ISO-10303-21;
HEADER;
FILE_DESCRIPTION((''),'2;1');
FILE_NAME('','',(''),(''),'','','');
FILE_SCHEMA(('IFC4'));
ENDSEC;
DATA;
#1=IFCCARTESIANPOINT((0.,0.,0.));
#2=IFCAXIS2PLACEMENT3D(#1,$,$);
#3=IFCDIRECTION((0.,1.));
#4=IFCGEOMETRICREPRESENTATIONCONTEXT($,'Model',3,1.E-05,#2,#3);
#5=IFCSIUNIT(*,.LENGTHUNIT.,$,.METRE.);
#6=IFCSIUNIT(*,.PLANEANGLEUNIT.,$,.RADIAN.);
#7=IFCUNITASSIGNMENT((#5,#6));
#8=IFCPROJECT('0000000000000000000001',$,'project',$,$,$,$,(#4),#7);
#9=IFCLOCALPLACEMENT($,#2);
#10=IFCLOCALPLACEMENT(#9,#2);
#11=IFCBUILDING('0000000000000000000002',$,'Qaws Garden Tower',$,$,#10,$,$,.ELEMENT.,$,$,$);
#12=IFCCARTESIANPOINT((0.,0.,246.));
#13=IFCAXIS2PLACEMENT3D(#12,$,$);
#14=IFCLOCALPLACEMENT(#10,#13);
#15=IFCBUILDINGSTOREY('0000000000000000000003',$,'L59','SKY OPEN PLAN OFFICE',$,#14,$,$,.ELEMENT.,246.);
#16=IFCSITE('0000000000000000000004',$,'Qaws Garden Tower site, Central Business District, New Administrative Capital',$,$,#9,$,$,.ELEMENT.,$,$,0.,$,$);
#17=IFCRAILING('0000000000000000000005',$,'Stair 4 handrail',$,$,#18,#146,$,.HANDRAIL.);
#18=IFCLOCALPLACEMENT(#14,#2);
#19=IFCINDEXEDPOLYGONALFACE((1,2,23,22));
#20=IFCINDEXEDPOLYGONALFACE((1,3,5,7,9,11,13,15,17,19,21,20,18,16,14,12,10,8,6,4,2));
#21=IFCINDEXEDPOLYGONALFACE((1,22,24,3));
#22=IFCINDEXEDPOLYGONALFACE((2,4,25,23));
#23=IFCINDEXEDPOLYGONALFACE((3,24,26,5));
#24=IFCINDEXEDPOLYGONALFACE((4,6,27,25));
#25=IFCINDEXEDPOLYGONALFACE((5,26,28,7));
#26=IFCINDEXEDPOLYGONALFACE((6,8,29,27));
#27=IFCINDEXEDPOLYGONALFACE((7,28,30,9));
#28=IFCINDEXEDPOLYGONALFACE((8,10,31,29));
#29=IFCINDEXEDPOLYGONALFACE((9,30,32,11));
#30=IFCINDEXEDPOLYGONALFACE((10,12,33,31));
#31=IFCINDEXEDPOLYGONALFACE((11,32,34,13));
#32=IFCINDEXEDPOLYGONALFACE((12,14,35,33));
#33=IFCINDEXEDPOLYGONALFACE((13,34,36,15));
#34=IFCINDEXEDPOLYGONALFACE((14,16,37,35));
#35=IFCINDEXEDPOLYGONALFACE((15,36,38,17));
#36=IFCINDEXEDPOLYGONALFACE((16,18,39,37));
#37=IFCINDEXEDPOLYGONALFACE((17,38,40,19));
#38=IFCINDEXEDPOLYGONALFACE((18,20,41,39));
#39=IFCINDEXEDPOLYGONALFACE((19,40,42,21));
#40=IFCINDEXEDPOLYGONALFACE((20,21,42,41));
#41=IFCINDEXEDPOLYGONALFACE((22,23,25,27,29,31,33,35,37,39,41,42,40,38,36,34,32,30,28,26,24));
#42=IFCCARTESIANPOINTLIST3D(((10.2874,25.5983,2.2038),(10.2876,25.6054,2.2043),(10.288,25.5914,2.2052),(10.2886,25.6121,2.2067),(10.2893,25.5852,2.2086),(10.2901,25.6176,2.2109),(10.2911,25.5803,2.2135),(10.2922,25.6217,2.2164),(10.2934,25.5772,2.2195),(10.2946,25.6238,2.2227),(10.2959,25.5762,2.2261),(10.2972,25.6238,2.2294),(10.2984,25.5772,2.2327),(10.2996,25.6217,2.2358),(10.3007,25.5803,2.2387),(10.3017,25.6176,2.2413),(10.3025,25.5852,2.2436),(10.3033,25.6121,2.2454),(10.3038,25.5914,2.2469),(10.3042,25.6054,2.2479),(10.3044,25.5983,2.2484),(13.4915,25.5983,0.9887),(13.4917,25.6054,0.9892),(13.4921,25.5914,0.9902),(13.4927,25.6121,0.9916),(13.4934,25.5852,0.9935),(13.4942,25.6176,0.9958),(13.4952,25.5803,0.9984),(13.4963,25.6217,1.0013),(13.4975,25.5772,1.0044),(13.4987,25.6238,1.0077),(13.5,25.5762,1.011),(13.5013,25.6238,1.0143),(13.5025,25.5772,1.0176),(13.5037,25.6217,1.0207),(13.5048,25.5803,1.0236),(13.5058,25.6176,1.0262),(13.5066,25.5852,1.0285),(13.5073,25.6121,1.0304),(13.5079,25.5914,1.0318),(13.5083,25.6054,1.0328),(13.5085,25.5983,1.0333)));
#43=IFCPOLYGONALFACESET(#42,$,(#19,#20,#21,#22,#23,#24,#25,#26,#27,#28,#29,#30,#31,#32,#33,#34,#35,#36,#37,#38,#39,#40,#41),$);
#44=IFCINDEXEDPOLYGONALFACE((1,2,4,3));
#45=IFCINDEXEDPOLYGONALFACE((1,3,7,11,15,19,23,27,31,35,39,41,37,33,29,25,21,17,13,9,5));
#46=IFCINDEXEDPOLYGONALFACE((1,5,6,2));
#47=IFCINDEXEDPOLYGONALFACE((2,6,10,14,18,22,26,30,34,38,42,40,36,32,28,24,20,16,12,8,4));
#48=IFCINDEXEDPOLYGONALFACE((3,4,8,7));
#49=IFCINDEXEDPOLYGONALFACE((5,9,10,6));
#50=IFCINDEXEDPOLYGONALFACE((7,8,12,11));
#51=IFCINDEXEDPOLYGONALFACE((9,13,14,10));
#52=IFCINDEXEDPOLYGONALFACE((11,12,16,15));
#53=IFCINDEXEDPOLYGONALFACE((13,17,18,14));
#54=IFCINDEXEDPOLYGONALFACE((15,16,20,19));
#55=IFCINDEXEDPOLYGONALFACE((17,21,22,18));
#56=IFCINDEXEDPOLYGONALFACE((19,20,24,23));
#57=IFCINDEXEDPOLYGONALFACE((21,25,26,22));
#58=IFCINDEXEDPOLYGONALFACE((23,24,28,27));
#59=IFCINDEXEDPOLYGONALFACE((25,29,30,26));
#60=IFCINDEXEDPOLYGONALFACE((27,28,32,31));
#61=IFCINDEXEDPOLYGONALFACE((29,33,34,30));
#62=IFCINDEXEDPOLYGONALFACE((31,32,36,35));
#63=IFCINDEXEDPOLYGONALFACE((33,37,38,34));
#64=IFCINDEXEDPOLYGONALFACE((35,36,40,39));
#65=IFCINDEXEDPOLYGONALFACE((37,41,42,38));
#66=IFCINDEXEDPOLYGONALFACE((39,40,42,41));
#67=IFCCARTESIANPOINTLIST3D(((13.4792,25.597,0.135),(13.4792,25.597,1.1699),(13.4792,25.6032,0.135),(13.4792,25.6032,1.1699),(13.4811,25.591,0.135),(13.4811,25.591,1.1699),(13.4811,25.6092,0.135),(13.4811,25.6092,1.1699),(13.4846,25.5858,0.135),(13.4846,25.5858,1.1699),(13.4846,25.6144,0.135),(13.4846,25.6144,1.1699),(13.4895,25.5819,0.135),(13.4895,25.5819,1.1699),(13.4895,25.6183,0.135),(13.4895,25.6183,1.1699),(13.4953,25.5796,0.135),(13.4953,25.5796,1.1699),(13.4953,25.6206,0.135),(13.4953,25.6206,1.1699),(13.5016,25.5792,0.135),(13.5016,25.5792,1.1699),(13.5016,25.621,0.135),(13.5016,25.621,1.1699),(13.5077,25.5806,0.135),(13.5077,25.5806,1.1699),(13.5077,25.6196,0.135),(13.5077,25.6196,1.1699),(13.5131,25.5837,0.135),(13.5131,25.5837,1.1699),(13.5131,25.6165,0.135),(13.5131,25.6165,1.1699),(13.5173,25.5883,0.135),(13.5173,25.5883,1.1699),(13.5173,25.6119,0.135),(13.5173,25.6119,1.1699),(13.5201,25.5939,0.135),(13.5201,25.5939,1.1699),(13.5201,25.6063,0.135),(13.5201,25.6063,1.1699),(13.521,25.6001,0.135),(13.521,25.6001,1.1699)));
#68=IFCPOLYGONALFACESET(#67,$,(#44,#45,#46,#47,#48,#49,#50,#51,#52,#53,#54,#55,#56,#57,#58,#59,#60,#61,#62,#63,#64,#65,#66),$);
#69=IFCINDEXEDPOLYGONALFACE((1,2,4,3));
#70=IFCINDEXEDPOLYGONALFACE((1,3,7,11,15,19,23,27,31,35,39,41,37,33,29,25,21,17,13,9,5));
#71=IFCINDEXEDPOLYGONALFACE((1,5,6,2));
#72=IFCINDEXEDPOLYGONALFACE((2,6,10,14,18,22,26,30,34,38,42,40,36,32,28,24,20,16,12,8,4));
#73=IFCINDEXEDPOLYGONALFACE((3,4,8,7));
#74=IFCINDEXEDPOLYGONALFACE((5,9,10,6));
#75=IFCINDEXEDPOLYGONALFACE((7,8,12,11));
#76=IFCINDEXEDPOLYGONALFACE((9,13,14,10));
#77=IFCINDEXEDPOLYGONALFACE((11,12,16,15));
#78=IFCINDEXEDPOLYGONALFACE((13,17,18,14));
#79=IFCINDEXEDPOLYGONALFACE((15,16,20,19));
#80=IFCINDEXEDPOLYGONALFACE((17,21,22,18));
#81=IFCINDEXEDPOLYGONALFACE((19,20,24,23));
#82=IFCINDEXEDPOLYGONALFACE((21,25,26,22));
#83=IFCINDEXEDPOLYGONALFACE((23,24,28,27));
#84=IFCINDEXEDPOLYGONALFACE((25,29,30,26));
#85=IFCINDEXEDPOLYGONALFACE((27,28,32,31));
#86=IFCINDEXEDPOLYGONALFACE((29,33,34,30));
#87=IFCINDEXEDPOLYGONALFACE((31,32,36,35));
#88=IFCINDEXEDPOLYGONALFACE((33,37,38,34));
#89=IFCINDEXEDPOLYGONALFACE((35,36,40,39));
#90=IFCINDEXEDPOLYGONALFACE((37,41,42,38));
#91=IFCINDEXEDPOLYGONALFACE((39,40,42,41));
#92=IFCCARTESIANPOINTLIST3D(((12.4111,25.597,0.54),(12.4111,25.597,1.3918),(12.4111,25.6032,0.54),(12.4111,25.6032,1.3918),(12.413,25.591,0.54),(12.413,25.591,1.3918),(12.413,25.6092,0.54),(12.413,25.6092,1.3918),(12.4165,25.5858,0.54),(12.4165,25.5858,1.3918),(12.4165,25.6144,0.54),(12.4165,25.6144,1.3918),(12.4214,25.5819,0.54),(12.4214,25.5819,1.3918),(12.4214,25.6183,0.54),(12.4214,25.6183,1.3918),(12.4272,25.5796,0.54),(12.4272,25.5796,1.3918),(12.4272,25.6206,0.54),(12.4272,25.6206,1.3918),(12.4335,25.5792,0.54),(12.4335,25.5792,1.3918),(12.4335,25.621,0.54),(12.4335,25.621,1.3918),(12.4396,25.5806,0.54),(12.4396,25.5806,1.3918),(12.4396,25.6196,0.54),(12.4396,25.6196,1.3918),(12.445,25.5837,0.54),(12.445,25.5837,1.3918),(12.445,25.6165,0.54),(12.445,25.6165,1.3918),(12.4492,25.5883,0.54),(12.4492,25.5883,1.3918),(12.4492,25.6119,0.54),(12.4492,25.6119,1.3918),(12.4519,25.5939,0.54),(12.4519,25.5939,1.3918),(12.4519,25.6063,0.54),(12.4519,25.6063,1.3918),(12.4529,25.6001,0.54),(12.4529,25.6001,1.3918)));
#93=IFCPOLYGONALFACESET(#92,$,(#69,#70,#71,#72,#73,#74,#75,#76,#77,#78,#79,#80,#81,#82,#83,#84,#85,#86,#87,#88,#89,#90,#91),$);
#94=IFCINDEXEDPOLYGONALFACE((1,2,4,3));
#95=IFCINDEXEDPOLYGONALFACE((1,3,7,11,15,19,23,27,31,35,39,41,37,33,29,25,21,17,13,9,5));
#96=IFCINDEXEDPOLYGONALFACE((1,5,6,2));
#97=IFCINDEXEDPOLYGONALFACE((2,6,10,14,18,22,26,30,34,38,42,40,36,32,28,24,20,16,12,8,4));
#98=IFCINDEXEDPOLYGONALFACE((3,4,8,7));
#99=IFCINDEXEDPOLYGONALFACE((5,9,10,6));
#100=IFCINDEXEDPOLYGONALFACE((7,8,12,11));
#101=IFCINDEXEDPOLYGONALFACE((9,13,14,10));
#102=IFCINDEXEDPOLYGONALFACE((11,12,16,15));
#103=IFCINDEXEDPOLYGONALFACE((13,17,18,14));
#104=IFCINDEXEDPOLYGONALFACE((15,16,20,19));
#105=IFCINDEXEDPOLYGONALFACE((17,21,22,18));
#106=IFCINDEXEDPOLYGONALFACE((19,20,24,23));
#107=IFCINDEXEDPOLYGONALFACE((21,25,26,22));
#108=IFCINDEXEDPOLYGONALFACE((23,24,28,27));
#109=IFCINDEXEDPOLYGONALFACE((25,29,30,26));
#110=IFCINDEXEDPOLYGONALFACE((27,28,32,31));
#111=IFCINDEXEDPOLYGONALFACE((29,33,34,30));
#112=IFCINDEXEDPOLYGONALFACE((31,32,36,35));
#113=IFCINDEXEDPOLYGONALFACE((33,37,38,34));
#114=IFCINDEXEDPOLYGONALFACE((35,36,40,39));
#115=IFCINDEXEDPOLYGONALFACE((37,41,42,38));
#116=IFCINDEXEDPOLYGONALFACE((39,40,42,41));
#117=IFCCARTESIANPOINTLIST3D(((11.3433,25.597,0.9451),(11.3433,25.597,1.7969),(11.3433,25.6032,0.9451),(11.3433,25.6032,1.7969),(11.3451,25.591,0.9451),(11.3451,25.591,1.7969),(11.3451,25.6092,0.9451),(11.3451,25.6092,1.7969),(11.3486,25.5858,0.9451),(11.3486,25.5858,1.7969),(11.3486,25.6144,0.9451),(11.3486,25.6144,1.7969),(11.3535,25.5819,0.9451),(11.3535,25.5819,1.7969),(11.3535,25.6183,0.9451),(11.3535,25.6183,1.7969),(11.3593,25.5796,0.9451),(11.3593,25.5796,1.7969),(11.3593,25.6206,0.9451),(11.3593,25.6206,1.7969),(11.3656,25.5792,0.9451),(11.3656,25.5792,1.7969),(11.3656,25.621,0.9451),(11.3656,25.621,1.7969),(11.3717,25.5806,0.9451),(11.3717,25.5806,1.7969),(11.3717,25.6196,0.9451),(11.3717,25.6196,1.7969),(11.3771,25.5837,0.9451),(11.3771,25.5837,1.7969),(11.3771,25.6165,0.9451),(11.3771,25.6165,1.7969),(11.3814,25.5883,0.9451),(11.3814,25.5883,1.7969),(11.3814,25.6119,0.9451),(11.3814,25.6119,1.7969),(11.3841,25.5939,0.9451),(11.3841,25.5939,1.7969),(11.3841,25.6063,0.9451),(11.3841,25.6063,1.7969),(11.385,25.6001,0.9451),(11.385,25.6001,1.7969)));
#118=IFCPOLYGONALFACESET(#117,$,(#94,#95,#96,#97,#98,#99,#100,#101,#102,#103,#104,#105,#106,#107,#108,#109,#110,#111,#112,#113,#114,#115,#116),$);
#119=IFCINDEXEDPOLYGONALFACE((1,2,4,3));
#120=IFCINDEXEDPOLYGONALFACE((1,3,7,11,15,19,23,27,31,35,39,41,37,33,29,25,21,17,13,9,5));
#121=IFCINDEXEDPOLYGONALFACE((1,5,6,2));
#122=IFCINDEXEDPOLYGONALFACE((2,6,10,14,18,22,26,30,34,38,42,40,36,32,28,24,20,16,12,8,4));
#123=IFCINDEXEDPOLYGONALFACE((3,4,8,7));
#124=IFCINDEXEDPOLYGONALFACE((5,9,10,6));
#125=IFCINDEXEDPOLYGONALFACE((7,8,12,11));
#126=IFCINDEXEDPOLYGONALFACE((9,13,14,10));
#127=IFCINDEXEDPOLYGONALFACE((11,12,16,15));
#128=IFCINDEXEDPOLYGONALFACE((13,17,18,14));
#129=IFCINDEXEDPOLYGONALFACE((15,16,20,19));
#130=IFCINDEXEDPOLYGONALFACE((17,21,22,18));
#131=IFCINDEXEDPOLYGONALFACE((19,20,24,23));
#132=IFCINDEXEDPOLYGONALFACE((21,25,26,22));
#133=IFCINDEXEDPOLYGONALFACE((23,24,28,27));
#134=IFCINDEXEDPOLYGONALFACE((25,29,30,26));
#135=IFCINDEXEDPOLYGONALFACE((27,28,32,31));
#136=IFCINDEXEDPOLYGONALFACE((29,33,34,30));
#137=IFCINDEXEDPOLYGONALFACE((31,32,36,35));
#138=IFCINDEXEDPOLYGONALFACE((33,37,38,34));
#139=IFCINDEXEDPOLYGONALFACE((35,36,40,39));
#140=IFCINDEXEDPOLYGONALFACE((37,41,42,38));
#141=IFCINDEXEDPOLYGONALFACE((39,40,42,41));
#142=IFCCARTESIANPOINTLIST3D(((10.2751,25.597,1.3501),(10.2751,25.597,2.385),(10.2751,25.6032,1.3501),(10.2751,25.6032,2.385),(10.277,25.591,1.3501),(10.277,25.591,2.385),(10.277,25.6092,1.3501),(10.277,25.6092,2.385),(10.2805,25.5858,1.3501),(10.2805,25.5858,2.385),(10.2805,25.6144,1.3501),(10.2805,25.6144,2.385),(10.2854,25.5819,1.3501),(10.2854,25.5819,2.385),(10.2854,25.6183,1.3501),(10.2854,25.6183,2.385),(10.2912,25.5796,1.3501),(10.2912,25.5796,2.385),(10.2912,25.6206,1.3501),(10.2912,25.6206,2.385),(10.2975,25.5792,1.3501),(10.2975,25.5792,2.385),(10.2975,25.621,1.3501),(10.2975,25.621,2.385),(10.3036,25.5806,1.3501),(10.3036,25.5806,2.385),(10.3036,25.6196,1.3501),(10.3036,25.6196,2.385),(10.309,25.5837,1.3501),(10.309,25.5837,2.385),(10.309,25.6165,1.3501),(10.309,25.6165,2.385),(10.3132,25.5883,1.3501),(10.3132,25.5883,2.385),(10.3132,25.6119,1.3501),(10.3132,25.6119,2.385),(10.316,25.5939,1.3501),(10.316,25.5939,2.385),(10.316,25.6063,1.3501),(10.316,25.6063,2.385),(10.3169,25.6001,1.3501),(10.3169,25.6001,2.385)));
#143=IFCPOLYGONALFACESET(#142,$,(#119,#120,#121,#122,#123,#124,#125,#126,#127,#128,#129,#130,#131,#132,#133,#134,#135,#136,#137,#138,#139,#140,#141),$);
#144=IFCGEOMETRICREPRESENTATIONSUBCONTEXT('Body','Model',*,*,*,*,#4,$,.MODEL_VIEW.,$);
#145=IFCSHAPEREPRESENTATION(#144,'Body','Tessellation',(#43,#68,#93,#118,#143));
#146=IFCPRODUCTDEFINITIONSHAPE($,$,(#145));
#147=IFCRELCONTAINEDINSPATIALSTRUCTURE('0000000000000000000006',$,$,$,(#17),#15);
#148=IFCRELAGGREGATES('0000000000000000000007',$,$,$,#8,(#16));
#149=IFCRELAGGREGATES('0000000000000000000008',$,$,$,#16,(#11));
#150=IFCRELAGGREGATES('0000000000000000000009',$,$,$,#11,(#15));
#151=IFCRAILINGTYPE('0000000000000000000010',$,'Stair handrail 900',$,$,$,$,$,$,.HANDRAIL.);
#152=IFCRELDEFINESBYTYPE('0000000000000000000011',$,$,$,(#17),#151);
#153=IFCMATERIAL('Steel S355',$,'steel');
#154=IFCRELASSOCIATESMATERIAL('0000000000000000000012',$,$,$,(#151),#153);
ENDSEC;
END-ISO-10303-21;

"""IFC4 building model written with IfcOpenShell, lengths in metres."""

from ifc_helpers import new_model, si_unit, direction, frame, origin, origin_2d, place, context, subcontext, project, spatial, circle, extrude, material, type_object, element, save


model = new_model("IFC4")

# Units and contexts
model_context = context("Model", 3, precision=1e-05, world=origin(), true_north=direction((0.0, 1.0)))
body_context = subcontext(model_context, "Body", "Model", "MODEL_VIEW")
ifc_project = project(units=[si_unit("LENGTHUNIT", "METRE"), si_unit("PLANEANGLEUNIT", "RADIAN")], contexts=[model_context])

# Site, building, storey
site_placement = place(None, origin())
site = spatial("IfcSite", under=ifc_project, at=site_placement, Name="Qaws Garden Tower site, Central Business District, New Administrative Capital", CompositionType="ELEMENT", RefElevation=0.0)
building_placement = place(site_placement, origin())
building = spatial("IfcBuilding", under=site, at=building_placement, Name="Qaws Garden Tower", CompositionType="ELEMENT")
storey_placement = place(building_placement, frame((0.0, 0.0, 246.0)))
storey = spatial("IfcBuildingStorey", under=building, at=storey_placement, Name="L59", Description="SKY OPEN PLAN OFFICE", CompositionType="ELEMENT", Elevation=246.0)

# Railing
ifc_material_1 = material(Name="Steel S355", Category="steel")
railing_type = type_object("IfcRailingType", Name="Stair handrail 900", PredefinedType="HANDRAIL", material=ifc_material_1)
railing_placement = place(storey_placement, frame((13.5, 25.6001, 0.135)))
element("IfcRailing", 1, at=railing_placement, inside=storey, type_object=railing_type, Name="Stair 4 handrail", PredefinedType="HANDRAIL", context=body_context, shape_type="SweptSolid", body=[
    extrude(circle(Radius=0.0239, at=origin_2d()), frame((0.0, 0.0, 0.876), z_axis=(-0.935023, 0.0, 0.354588), x_axis=(0.0, -1.0, 0.0)), (0.0, 0.0, 1.0), 3.4268),
    extrude(circle(Radius=0.021, at=origin_2d()), origin(), (0.0, 0.0, 1.0), 1.0349),
    extrude(circle(Radius=0.021, at=origin_2d()), frame((-1.0681, 0.0, 0.405)), (0.0, 0.0, 1.0), 0.8518),
    extrude(circle(Radius=0.021, at=origin_2d()), frame((-2.136, 0.0, 0.8101)), (0.0, 0.0, 1.0), 0.8518),
    extrude(circle(Radius=0.021, at=origin_2d()), frame((-3.2041, 0.0, 1.2151)), (0.0, 0.0, 1.0), 1.0349),
])

save(model, "model.ifc")
